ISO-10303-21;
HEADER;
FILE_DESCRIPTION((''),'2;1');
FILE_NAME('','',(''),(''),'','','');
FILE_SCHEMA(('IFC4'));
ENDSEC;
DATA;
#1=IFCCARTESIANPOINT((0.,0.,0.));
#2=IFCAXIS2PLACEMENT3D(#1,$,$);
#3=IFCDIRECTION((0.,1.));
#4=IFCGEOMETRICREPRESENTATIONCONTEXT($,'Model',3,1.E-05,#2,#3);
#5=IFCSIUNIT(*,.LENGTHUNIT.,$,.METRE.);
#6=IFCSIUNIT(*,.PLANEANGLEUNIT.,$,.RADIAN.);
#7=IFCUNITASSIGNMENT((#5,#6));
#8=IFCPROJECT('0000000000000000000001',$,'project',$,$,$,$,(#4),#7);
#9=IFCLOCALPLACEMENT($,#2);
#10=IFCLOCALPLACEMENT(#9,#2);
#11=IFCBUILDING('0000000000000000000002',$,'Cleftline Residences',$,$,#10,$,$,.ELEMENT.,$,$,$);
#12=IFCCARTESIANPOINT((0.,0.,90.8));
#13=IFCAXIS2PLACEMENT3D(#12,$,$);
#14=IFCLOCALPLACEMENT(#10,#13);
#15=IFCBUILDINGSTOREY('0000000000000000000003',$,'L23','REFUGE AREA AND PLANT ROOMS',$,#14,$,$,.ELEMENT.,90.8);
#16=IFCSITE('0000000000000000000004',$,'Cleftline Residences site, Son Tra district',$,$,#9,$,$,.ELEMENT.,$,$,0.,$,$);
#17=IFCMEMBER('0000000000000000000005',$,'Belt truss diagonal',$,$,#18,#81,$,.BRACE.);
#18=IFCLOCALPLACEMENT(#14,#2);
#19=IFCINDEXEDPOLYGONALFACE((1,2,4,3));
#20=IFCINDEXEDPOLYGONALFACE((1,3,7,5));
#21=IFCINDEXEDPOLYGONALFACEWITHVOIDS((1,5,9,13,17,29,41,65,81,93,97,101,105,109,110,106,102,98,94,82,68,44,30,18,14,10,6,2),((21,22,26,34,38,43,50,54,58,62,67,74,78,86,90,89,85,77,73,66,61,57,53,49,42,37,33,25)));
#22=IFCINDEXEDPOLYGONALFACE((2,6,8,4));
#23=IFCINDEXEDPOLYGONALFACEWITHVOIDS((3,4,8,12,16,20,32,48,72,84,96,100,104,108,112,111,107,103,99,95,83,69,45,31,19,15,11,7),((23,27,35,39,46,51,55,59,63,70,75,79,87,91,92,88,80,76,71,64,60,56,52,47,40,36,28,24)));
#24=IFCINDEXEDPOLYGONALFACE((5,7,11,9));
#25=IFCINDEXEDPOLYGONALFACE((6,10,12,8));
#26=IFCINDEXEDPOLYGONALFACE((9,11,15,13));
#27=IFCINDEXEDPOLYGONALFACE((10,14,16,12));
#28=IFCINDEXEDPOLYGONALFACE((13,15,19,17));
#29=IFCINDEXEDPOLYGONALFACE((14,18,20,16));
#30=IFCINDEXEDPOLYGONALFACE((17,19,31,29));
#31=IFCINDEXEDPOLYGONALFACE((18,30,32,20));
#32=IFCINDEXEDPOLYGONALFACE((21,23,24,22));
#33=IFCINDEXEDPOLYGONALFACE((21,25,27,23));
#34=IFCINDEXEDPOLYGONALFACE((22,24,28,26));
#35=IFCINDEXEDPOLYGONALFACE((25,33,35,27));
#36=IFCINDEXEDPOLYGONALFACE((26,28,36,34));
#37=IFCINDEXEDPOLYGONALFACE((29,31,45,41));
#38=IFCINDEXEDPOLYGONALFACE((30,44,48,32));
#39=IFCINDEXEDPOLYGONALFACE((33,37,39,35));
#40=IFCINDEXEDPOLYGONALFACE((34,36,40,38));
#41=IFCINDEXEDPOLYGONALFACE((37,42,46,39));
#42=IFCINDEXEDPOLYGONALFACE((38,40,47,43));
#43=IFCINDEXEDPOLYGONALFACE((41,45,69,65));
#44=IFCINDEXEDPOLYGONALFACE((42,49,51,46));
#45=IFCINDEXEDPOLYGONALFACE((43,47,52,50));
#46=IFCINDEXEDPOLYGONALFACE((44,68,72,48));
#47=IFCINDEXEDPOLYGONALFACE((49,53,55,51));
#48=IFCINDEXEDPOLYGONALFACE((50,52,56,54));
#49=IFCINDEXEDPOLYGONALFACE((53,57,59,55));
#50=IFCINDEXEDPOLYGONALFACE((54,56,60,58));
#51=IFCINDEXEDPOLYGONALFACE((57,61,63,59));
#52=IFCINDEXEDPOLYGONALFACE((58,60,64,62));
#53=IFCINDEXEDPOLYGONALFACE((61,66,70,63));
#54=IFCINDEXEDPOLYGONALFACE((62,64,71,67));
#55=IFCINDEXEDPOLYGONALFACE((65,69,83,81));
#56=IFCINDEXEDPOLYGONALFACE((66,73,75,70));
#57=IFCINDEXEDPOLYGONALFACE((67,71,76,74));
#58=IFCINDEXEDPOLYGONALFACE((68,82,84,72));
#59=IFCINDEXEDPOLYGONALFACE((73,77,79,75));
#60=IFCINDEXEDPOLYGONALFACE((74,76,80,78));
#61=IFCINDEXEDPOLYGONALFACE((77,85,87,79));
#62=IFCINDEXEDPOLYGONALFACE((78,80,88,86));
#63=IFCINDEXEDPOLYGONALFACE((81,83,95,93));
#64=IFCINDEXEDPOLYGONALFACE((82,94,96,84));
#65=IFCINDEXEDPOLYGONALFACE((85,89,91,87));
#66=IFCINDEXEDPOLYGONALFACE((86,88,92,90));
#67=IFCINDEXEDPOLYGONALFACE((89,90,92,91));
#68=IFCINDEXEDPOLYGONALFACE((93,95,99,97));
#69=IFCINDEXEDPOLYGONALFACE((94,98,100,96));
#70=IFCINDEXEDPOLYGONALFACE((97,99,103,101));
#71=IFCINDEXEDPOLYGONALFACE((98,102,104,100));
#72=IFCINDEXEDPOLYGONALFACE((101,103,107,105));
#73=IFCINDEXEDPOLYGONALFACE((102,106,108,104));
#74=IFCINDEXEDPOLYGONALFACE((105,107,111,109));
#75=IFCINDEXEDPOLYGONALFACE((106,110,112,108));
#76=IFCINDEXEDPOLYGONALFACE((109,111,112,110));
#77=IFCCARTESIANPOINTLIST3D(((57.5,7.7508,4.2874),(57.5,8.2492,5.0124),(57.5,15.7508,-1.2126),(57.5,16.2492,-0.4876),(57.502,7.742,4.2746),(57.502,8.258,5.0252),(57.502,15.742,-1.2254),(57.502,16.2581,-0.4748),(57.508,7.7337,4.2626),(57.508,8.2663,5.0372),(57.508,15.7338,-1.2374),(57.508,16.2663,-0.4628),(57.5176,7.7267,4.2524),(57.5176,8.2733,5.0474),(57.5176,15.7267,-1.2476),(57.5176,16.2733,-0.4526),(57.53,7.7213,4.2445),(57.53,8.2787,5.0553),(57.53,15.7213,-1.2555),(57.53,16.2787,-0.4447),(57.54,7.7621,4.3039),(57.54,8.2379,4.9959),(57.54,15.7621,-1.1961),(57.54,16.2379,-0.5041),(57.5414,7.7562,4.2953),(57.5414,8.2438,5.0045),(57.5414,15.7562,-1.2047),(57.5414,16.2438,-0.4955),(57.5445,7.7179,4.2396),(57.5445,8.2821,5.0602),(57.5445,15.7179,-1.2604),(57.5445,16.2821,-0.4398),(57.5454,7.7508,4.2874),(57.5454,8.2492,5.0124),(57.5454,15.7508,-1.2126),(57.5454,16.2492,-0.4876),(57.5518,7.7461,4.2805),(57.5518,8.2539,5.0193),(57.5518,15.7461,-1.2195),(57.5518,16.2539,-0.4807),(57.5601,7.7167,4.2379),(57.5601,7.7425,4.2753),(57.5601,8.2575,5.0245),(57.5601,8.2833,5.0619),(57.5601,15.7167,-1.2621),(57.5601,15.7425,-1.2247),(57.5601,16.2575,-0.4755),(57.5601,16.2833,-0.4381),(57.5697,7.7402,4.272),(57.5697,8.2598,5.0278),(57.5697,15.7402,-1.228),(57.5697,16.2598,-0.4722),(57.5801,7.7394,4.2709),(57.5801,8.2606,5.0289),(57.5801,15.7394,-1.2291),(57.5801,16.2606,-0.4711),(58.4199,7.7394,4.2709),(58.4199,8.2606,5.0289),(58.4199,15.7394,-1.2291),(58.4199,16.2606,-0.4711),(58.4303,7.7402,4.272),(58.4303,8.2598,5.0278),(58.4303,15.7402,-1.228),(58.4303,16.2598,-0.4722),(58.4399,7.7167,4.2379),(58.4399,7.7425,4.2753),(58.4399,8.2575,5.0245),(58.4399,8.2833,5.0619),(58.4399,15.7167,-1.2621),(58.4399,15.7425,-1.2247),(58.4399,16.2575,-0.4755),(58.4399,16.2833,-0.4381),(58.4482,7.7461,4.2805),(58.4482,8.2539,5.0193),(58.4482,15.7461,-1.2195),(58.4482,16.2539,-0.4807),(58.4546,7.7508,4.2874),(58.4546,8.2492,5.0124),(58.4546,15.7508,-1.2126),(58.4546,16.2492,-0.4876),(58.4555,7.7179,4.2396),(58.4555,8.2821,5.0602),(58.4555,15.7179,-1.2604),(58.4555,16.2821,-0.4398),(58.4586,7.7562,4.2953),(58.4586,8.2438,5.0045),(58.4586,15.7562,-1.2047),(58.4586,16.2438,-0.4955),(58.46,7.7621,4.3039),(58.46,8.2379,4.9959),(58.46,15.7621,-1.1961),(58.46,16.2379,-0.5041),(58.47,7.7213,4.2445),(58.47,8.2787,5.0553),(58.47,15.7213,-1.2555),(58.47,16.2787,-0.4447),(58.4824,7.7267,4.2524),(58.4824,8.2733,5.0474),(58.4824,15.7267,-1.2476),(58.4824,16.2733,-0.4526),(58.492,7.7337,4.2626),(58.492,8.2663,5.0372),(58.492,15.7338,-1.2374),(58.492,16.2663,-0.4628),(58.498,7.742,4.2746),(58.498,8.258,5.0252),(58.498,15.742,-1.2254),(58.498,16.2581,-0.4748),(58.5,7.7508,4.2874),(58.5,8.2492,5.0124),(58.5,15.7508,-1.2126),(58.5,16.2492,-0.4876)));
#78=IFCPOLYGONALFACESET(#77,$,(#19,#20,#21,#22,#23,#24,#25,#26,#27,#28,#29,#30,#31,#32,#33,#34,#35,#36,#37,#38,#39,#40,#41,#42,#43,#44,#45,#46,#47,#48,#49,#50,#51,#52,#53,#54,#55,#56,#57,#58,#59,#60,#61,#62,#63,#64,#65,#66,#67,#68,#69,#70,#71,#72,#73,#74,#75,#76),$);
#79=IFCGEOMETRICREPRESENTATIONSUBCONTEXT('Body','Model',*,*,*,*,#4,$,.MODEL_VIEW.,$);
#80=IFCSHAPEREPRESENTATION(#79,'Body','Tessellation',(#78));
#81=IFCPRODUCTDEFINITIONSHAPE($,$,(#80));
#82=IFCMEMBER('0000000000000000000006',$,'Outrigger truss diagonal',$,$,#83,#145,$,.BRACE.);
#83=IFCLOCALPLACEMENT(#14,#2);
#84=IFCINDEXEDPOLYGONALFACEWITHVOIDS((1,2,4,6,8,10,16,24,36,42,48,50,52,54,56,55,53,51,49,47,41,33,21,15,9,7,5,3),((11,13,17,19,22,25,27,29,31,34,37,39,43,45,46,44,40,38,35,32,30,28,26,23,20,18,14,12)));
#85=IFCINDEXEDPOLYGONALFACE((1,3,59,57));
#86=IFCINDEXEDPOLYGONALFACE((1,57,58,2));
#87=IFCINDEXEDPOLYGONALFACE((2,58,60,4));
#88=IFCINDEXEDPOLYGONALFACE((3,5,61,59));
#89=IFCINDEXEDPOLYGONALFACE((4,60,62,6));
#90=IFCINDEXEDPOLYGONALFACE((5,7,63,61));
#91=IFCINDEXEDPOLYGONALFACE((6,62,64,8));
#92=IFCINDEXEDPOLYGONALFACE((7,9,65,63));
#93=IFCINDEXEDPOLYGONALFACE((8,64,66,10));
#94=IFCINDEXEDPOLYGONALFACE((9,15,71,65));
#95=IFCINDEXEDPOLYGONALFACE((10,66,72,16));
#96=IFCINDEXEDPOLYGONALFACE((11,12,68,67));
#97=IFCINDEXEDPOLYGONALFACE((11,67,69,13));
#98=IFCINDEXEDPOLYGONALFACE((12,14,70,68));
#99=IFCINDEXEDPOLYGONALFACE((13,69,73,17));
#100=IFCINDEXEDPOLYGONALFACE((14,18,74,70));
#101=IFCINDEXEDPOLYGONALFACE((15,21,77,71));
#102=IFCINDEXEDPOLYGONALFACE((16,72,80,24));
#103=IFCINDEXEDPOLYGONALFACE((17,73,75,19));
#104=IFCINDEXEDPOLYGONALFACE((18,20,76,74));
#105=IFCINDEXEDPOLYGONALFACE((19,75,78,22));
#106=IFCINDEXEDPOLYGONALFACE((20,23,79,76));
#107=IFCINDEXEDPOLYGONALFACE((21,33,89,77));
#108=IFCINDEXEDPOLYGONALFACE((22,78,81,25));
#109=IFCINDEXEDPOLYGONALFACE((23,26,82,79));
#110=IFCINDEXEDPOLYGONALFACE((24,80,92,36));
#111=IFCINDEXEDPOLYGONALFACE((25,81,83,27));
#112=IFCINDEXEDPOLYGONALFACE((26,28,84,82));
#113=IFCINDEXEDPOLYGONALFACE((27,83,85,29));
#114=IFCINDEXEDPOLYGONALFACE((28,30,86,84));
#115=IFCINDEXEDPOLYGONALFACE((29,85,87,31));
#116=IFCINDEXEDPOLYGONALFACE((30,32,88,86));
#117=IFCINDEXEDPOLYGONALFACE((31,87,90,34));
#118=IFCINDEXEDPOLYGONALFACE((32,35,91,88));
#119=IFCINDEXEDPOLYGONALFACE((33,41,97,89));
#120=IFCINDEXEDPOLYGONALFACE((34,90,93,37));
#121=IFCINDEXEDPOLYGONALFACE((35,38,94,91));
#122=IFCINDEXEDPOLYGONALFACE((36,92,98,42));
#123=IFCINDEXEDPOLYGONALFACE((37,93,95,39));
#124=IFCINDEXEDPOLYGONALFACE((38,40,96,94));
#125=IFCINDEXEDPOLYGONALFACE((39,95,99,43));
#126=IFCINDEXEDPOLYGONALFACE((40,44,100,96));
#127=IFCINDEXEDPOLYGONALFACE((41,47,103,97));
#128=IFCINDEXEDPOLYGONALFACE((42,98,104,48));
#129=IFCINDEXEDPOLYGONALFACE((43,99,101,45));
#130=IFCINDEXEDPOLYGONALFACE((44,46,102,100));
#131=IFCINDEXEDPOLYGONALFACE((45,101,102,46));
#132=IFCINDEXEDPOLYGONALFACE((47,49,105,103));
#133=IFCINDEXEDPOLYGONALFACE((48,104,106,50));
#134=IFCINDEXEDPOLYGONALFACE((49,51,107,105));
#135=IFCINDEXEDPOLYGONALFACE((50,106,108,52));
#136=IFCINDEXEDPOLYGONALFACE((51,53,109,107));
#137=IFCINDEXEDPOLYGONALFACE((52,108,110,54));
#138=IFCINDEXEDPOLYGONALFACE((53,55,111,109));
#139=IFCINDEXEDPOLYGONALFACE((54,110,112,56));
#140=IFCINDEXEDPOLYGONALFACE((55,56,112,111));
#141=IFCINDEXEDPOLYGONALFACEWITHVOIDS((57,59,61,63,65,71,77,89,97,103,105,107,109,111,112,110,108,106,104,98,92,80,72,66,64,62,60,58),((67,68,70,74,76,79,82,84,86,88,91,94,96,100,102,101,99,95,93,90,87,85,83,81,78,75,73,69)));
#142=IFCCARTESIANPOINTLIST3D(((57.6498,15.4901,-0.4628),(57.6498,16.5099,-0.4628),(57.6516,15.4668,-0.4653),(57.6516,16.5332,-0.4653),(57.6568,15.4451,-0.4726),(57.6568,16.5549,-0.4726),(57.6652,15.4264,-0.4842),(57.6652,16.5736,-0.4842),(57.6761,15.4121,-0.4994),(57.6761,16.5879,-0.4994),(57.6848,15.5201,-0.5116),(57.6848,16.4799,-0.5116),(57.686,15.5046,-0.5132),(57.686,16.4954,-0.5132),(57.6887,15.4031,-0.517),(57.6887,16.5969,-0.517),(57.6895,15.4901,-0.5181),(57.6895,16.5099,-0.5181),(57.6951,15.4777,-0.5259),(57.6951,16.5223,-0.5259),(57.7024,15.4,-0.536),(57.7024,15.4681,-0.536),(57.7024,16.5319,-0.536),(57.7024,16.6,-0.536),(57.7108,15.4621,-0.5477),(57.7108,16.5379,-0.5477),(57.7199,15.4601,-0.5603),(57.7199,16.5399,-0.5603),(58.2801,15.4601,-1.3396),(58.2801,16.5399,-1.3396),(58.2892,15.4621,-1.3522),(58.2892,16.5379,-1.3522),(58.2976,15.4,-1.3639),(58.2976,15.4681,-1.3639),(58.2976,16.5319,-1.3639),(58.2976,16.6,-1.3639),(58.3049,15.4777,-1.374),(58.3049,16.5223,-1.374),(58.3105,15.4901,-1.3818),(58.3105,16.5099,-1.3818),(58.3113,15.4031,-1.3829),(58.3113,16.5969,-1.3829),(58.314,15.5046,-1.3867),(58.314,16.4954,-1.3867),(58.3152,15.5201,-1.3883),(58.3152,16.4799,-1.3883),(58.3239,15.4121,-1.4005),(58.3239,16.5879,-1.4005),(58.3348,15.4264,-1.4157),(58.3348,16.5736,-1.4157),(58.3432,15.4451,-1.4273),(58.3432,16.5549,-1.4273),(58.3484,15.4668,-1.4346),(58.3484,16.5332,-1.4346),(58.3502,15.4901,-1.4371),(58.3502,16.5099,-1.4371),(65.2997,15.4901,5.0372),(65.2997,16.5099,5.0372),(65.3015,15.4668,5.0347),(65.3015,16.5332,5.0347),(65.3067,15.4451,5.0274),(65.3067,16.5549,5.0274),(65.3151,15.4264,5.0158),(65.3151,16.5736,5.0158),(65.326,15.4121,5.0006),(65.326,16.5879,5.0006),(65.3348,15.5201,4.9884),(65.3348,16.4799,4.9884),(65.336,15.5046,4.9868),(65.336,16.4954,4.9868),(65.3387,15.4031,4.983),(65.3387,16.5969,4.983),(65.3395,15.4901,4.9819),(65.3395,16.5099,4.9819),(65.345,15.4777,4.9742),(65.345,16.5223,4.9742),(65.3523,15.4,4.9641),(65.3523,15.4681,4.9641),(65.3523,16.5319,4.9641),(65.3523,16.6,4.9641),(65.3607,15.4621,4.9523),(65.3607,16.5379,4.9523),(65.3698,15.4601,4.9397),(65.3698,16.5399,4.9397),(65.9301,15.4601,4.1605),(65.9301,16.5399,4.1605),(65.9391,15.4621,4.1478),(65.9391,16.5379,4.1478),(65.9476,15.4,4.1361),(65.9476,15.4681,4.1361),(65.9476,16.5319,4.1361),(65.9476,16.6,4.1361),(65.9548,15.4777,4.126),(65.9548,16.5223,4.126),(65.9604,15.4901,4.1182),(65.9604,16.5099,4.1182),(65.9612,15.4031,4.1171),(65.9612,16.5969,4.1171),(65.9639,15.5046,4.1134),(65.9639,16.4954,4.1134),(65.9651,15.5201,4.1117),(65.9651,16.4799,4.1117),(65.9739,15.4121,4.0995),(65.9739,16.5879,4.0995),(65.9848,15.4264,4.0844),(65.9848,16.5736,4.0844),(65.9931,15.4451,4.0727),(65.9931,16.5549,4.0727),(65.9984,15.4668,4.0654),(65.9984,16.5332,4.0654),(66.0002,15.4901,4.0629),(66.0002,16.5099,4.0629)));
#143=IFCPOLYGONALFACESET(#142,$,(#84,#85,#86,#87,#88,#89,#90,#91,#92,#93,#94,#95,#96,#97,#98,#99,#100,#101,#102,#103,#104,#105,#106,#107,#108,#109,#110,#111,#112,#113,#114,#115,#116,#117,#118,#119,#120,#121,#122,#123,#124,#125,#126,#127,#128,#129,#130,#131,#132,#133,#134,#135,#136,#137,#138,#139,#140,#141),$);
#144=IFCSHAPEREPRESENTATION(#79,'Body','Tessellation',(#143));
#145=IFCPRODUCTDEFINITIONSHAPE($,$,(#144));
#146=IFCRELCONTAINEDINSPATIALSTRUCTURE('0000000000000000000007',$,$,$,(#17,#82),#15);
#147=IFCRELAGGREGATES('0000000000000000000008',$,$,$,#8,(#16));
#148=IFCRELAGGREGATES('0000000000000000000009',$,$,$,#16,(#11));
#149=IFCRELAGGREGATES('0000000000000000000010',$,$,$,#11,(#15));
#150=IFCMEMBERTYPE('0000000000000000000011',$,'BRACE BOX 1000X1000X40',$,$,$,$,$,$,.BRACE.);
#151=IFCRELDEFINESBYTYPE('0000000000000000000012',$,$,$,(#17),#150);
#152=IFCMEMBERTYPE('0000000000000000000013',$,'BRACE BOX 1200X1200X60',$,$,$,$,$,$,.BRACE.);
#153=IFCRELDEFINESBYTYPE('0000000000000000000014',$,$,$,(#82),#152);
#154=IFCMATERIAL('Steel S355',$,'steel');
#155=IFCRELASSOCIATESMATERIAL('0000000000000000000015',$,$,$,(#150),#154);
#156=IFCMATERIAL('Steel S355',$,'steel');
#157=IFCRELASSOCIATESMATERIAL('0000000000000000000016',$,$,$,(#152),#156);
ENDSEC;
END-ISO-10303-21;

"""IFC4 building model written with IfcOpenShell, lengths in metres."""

from ifc_helpers import new_model, si_unit, direction, frame, origin, origin_2d, place, context, subcontext, project, spatial, hollow_rectangle, extrude, material, material_profile, profile_set, type_object, element, save


model = new_model("IFC4")

# Units and contexts
model_context = context("Model", 3, precision=1e-05, world=origin(), true_north=direction((0.0, 1.0)))
body_context = subcontext(model_context, "Body", "Model", "MODEL_VIEW")
ifc_project = project(units=[si_unit("LENGTHUNIT", "METRE"), si_unit("PLANEANGLEUNIT", "RADIAN")], contexts=[model_context])

# Site, building, storey
site_placement = place(None, origin())
site = spatial("IfcSite", under=ifc_project, at=site_placement, Name="Cleftline Residences site, Son Tra district", CompositionType="ELEMENT", RefElevation=0.0)
building_placement = place(site_placement, origin())
building = spatial("IfcBuilding", under=site, at=building_placement, Name="Cleftline Residences", CompositionType="ELEMENT")
storey_placement = place(building_placement, frame((0.0, 0.0, 90.8)))
storey = spatial("IfcBuildingStorey", under=building, at=storey_placement, Name="L23", Description="REFUGE AREA AND PLANT ROOMS", CompositionType="ELEMENT", Elevation=90.8)

# Members
ifc_material_1 = material(Name="Steel S355", Category="steel")
ifc_material_profile_1 = material_profile(ifc_material_1, hollow_rectangle(XDim=1.0, YDim=1.0, WallThickness=0.04, InnerFilletRadius=0.04, OuterFilletRadius=0.0601, at=origin_2d()))
ifc_profile_set_1 = profile_set([ifc_material_profile_1], Name="Steel S355")
member_type_1 = type_object("IfcMemberType", Name="BRACE BOX 1000X1000X40", PredefinedType="BRACE", material=ifc_profile_set_1)
member_1_placement = place(storey_placement, frame((58.0, 8.0, 4.6499), z_axis=(0.0, 0.824042, -0.566529), x_axis=(0.0, 0.566529, 0.824042)))
element("IfcMember", 1, at=member_1_placement, inside=storey, type_object=member_type_1, Name="Belt truss diagonal", PredefinedType="BRACE", context=body_context, shape_type="SweptSolid", body=[
    extrude(hollow_rectangle(XDim=1.0, YDim=1.0, WallThickness=0.04, InnerFilletRadius=0.04, OuterFilletRadius=0.0601, at=origin_2d()), origin(), (0.0, 0.0, 1.0), 9.7083),
])
ifc_material_2 = material(Name="Steel S355", Category="steel")
ifc_material_profile_2 = material_profile(ifc_material_2, hollow_rectangle(XDim=1.2, YDim=1.2, WallThickness=0.0601, InnerFilletRadius=0.0601, OuterFilletRadius=0.0901, at=origin_2d()))
ifc_profile_set_2 = profile_set([ifc_material_profile_2], Name="Steel S355")
member_type_2 = type_object("IfcMemberType", Name="BRACE BOX 1200X1200X60", PredefinedType="BRACE", material=ifc_profile_set_2)
member_2_placement = place(storey_placement, frame((58.0, 16.0, -0.95), z_axis=(0.811933, 0.0, 0.58375), x_axis=(-0.58375, 0.0, 0.811933)))
element("IfcMember", 2, at=member_2_placement, inside=storey, type_object=member_type_2, Name="Outrigger truss diagonal", PredefinedType="BRACE", context=body_context, shape_type="SweptSolid", body=[
    extrude(hollow_rectangle(XDim=1.2, YDim=1.2, WallThickness=0.0601, InnerFilletRadius=0.0601, OuterFilletRadius=0.0901, at=origin_2d()), origin(), (0.0, 0.0, 1.0), 9.4219),
])

save(model, "model.ifc")
